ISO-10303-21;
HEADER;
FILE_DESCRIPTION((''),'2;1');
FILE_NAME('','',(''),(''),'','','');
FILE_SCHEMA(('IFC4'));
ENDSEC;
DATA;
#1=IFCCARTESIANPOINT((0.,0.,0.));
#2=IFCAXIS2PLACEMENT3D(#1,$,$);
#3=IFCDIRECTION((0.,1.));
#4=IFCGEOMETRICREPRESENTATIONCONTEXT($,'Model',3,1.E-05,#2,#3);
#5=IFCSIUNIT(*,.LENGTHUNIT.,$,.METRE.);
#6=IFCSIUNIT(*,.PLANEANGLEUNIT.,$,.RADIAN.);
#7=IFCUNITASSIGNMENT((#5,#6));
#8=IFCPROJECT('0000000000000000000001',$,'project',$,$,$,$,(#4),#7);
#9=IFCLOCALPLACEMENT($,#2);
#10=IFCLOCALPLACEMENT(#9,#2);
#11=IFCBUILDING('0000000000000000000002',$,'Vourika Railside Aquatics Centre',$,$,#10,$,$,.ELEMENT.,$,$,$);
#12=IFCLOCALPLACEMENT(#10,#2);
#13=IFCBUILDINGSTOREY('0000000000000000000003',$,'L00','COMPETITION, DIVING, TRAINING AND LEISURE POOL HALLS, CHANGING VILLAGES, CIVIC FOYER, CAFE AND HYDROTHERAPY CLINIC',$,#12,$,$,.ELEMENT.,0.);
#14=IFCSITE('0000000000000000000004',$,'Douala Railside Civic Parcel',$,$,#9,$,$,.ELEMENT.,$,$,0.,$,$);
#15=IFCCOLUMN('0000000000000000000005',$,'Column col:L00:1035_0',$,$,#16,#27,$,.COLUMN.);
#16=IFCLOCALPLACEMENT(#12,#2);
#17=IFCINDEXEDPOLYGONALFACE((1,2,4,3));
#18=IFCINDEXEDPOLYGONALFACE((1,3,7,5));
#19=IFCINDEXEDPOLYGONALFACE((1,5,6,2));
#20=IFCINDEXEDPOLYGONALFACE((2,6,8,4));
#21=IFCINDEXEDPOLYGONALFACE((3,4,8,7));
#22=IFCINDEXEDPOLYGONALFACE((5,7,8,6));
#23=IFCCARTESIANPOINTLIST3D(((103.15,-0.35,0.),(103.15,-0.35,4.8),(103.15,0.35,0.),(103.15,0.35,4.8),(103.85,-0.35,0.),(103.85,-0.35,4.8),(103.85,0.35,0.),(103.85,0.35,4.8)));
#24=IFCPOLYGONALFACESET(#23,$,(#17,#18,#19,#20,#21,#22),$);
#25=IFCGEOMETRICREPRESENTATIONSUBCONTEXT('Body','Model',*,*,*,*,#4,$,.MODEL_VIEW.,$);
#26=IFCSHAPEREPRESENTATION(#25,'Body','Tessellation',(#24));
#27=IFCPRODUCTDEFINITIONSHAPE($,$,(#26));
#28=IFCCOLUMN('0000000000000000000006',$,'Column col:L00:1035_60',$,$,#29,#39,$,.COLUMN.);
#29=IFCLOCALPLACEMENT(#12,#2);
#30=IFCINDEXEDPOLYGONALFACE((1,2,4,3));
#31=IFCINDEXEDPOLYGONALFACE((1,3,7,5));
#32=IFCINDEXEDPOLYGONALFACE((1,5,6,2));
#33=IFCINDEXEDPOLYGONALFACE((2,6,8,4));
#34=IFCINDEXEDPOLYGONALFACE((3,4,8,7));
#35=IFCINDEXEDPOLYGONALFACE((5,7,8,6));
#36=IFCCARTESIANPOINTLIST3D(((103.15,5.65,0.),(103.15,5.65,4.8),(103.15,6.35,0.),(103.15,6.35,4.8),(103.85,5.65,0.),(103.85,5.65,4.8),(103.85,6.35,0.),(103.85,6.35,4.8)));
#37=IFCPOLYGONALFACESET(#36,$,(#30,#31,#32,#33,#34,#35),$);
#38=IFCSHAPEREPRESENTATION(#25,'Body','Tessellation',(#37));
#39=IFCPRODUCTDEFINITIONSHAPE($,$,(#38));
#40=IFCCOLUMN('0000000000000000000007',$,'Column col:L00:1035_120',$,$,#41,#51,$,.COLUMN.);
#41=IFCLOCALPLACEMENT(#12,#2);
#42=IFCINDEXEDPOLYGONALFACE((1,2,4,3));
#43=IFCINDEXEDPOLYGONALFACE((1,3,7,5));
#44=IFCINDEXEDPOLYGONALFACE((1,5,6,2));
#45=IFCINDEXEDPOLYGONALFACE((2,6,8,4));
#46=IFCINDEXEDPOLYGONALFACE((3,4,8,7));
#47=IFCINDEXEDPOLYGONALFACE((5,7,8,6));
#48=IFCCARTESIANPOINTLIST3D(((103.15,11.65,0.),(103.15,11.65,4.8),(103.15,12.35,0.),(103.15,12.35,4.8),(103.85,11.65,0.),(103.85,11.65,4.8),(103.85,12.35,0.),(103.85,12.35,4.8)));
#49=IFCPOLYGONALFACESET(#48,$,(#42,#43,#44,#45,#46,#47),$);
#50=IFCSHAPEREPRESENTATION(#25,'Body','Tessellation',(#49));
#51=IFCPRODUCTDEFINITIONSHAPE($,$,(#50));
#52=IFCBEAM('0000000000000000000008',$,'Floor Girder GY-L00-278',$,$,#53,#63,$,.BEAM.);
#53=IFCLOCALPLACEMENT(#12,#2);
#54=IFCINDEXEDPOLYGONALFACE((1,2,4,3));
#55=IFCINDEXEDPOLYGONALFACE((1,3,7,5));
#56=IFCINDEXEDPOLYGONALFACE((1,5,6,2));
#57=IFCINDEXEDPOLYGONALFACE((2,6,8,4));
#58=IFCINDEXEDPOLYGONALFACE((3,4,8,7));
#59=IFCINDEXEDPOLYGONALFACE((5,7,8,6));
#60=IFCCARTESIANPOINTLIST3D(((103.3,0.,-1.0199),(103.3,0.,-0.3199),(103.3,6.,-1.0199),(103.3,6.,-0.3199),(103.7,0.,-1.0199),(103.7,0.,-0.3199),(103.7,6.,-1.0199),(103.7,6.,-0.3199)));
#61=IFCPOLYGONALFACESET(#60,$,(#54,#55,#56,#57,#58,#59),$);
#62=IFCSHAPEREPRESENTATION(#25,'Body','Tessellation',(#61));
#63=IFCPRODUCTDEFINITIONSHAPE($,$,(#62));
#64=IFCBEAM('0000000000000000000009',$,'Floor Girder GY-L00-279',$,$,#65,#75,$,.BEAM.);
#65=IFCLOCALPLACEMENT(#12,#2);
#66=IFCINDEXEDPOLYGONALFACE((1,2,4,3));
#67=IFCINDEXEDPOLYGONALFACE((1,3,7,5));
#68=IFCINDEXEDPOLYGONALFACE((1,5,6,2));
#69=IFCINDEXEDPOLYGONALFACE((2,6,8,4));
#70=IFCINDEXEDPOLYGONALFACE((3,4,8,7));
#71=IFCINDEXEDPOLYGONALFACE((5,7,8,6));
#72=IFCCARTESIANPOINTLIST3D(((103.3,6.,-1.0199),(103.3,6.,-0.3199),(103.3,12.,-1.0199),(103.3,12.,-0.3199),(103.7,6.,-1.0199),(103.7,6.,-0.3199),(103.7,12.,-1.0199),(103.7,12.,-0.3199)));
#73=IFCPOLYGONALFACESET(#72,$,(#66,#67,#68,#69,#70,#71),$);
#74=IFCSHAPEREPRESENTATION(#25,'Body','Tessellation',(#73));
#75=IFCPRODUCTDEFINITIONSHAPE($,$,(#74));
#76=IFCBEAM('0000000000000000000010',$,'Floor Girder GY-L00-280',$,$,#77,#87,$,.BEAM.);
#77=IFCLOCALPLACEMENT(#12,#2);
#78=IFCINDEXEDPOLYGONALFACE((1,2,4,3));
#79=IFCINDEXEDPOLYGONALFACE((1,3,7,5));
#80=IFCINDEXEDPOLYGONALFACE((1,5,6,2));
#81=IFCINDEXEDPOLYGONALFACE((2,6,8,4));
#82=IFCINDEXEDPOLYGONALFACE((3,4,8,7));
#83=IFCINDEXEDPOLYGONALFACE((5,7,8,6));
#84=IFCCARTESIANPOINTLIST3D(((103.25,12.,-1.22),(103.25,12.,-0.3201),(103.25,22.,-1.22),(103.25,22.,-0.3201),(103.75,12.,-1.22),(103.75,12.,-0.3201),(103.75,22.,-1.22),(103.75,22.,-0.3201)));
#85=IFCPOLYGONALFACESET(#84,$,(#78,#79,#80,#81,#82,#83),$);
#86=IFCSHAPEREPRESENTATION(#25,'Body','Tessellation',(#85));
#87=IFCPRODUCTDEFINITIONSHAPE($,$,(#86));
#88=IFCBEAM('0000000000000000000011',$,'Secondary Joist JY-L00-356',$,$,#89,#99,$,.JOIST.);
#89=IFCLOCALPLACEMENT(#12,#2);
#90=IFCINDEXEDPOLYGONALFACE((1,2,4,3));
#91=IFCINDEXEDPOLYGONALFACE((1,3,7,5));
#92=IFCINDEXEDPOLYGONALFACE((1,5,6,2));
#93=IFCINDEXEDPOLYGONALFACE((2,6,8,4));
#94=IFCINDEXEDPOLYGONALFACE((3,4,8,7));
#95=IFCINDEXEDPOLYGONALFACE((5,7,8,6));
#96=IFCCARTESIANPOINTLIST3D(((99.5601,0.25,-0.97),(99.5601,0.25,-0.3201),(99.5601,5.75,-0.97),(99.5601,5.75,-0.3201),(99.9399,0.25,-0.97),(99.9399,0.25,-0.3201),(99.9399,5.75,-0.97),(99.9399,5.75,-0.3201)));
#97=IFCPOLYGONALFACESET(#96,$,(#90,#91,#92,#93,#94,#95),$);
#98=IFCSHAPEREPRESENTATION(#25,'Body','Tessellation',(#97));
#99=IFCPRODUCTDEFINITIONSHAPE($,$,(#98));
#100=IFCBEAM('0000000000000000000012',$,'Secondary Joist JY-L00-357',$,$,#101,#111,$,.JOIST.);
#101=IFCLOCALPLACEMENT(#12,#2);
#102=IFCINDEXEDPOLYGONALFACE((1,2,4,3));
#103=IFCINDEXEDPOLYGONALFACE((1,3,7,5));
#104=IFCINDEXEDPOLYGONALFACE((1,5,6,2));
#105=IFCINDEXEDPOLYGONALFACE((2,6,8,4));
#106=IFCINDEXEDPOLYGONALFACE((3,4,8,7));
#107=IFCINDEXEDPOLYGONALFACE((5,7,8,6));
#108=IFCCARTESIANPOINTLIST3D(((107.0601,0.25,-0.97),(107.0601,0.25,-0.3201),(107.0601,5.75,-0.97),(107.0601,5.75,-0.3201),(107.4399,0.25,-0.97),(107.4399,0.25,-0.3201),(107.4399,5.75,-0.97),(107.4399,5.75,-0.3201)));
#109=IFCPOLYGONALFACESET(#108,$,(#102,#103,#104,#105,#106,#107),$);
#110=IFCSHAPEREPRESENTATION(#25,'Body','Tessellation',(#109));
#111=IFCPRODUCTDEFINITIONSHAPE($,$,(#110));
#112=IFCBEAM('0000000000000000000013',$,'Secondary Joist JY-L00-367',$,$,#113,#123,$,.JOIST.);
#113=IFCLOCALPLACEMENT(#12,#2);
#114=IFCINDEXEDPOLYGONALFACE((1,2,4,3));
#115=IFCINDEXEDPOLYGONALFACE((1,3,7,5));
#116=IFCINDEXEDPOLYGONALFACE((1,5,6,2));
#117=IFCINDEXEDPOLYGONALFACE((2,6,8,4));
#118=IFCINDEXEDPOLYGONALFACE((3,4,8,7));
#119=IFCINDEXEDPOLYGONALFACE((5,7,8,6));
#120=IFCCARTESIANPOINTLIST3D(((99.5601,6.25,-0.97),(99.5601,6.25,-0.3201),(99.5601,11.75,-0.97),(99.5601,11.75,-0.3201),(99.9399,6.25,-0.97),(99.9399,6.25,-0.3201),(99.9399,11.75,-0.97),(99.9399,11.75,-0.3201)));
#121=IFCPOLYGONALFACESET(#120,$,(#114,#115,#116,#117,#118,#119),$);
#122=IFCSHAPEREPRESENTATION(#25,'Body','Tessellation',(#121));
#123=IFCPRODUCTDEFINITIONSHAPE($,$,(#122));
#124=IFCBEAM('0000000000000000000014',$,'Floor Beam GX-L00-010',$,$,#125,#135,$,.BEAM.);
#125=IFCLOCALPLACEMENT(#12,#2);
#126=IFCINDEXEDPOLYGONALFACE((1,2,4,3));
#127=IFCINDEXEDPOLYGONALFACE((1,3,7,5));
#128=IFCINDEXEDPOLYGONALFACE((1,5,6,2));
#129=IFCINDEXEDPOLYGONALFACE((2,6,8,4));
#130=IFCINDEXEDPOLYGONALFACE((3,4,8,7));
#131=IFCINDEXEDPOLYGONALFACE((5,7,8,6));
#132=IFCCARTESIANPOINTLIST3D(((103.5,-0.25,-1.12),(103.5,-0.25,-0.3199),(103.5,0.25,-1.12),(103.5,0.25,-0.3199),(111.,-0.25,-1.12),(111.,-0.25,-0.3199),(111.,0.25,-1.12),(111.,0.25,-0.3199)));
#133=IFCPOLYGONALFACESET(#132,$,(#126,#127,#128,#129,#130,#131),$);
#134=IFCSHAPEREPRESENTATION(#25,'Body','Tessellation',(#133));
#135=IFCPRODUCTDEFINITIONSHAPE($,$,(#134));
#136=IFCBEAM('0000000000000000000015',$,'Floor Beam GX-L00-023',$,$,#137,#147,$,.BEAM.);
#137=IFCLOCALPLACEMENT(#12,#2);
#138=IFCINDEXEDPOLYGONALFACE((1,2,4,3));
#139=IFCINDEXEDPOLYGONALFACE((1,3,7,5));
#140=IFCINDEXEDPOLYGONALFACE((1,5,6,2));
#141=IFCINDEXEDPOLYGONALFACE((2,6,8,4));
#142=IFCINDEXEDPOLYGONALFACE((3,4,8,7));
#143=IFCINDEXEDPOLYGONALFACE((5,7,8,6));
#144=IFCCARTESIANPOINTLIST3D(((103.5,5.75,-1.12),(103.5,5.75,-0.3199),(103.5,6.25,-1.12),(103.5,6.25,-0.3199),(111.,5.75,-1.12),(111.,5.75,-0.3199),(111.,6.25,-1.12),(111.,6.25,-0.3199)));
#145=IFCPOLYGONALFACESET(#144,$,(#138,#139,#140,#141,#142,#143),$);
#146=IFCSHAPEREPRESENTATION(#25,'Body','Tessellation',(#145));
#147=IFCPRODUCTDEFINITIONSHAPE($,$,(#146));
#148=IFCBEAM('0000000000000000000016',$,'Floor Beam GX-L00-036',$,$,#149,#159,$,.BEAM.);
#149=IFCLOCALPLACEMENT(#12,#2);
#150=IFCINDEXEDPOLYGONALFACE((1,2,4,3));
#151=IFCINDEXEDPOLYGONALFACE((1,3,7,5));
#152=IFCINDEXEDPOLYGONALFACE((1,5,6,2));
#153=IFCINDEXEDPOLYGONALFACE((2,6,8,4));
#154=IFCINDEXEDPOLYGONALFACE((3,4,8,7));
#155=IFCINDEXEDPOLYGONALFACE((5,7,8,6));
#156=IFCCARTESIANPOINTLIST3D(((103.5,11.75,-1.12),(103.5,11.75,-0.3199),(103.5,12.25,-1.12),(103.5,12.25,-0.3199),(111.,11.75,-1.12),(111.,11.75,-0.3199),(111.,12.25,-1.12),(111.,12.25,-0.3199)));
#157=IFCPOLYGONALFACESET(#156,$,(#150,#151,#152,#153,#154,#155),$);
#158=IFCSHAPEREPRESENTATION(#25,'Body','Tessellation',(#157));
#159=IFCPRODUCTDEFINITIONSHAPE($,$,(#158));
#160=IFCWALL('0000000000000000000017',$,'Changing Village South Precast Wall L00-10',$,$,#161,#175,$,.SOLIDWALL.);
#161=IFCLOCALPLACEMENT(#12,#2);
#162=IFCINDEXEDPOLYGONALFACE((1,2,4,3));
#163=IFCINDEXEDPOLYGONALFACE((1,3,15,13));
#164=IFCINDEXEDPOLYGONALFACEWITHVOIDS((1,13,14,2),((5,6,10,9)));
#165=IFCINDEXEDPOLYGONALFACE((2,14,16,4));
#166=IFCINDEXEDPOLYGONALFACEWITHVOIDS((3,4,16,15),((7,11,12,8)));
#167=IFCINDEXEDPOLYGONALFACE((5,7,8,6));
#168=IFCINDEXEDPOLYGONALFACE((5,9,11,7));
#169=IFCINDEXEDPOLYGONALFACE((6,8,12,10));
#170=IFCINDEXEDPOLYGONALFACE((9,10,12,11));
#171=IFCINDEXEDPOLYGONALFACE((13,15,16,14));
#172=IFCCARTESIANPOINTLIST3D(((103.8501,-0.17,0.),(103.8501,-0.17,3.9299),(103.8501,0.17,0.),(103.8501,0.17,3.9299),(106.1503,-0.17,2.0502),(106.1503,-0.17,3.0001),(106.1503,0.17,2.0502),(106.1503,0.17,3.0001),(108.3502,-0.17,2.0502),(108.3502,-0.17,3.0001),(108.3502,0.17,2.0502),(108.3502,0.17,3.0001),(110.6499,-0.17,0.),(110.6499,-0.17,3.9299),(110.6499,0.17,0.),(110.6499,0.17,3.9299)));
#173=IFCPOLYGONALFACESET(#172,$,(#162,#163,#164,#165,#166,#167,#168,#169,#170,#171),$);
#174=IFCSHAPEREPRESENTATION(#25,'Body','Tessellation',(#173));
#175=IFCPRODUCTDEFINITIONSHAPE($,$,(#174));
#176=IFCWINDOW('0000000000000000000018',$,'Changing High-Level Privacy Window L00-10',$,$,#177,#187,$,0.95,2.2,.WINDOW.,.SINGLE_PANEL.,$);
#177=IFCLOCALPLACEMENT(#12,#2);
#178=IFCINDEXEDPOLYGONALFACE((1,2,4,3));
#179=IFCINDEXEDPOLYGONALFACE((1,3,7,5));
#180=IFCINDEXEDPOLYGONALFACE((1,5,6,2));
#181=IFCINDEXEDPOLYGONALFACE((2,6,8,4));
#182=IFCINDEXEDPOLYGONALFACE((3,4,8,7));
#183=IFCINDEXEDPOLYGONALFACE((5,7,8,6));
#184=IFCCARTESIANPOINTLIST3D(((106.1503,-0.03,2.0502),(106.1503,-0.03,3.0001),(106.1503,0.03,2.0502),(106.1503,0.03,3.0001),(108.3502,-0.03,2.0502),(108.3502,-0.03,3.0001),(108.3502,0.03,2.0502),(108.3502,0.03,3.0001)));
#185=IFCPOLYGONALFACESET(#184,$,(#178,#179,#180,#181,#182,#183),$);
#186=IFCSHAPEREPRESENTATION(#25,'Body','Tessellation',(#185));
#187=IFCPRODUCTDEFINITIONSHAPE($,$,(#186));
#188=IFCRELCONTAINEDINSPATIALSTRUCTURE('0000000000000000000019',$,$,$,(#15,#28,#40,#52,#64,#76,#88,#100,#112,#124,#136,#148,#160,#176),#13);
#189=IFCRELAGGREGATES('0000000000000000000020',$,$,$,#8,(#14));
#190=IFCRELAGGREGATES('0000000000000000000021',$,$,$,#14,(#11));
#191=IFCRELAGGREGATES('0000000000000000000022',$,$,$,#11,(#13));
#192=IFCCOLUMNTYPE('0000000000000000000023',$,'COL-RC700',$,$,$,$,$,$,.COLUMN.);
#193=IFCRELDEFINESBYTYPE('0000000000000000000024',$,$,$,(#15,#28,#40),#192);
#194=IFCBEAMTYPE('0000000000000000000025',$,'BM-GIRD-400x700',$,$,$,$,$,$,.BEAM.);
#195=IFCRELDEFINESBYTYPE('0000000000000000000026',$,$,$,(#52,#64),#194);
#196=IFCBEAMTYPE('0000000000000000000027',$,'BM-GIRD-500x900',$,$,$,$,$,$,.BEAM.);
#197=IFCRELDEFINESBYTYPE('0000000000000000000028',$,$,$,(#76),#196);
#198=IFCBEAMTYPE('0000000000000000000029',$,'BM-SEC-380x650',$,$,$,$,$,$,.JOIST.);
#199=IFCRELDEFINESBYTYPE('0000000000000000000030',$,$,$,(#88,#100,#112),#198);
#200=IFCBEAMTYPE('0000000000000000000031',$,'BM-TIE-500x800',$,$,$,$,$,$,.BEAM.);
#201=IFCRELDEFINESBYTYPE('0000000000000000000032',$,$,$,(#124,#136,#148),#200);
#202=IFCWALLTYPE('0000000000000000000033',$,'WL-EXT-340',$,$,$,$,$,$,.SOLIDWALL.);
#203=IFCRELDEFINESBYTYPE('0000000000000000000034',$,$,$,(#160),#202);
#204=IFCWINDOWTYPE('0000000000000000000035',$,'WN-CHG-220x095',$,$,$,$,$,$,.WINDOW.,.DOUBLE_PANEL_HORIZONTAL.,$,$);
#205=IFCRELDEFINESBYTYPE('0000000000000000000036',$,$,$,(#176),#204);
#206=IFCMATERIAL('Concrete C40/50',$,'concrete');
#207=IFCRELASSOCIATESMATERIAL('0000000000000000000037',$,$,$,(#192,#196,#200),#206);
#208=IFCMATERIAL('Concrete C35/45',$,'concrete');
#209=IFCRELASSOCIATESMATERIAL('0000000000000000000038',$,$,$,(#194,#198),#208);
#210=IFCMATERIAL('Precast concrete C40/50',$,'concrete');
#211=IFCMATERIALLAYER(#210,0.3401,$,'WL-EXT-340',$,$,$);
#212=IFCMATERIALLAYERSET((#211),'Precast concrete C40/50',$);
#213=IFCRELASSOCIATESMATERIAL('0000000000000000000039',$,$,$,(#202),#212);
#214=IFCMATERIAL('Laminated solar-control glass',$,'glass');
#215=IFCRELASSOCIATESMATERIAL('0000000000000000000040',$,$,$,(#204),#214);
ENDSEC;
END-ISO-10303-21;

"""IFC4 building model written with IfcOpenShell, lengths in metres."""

from ifc_helpers import new_model, si_unit, direction, frame, frame_2d, origin, origin_2d, place, context, subcontext, project, spatial, rectangle, extrude, material, layer, layer_set, material_profile, profile_set, type_object, element, fill, save


model = new_model("IFC4")

# Units and contexts
model_context = context("Model", 3, precision=1e-05, world=origin(), true_north=direction((0.0, 1.0)))
body_context = subcontext(model_context, "Body", "Model", "MODEL_VIEW")
ifc_project = project(units=[si_unit("LENGTHUNIT", "METRE"), si_unit("PLANEANGLEUNIT", "RADIAN")], contexts=[model_context])

# Site, building, storey
site_placement = place(None, origin())
site = spatial("IfcSite", under=ifc_project, at=site_placement, Name="Douala Railside Civic Parcel", CompositionType="ELEMENT", RefElevation=0.0)
building_placement = place(site_placement, origin())
building = spatial("IfcBuilding", under=site, at=building_placement, Name="Vourika Railside Aquatics Centre", CompositionType="ELEMENT")
storey_placement = place(building_placement, origin())
storey = spatial("IfcBuildingStorey", under=building, at=storey_placement, Name="L00", Description="COMPETITION, DIVING, TRAINING AND LEISURE POOL HALLS, CHANGING VILLAGES, CIVIC FOYER, CAFE AND HYDROTHERAPY CLINIC", CompositionType="ELEMENT", Elevation=0.0)

# Columns
ifc_material_1 = material(Name="Concrete C40/50", Category="concrete")
ifc_material_profile_1 = material_profile(ifc_material_1, rectangle(XDim=0.7, YDim=0.7, at=origin_2d()), Name="RC 700x700")
ifc_profile_set_1 = profile_set([ifc_material_profile_1], Name="Concrete C40/50")
column_type = type_object("IfcColumnType", Name="COL-RC700", PredefinedType="COLUMN", material=ifc_profile_set_1)
for number, where, z_axis, x_axis, name in (
    (1, (103.5, 0.0, 0.0), (0.0, 0.0, 1.0), (1.0, 0.0, 0.0), "Column col:L00:1035_0"),
    (2, (103.5, 6.0, 0.0), (0.0, 0.0, 1.0), (1.0, 0.0, 0.0), "Column col:L00:1035_60"),
    (3, (103.5, 12.0, 0.0), (0.0, 0.0, 1.0), (1.0, 0.0, 0.0), "Column col:L00:1035_120"),
):
    element("IfcColumn", number, at=place(storey_placement, frame(where, z_axis=z_axis, x_axis=x_axis)), inside=storey, type_object=column_type, Name=name, PredefinedType="COLUMN", context=body_context, shape_type="SweptSolid", body=[
        extrude(rectangle(XDim=0.7, YDim=0.7, at=origin_2d()), origin(), (0.0, 0.0, 1.0), 4.8),
    ])

# Beams
ifc_material_2 = material(Name="Concrete C35/45", Category="concrete")
ifc_material_profile_2 = material_profile(ifc_material_2, rectangle(XDim=0.3999, YDim=0.7, at=origin_2d()), Name="RC 400x700")
ifc_profile_set_2 = profile_set([ifc_material_profile_2], Name="Concrete C35/45")
beam_type_1 = type_object("IfcBeamType", Name="BM-GIRD-400x700", PredefinedType="BEAM", material=ifc_profile_set_2)
for number, where, z_axis, x_axis, name in (
    (4, (103.5, 0.0, -0.6699), (0.0, 1.0, 0.0), (-1.0, 0.0, 0.0), "Floor Girder GY-L00-278"),
    (5, (103.5, 6.0, -0.6699), (0.0, 1.0, 0.0), (-1.0, 0.0, 0.0), "Floor Girder GY-L00-279"),
):
    element("IfcBeam", number, at=place(storey_placement, frame(where, z_axis=z_axis, x_axis=x_axis)), inside=storey, type_object=beam_type_1, Name=name, PredefinedType="BEAM", context=body_context, shape_type="SweptSolid", body=[
        extrude(rectangle(XDim=0.3999, YDim=0.7, at=origin_2d()), origin(), (0.0, 0.0, 1.0), 6.0),
    ])
ifc_material_profile_3 = material_profile(ifc_material_1, rectangle(XDim=0.5, YDim=0.8999, at=origin_2d()), Name="RC 500x900")
ifc_profile_set_3 = profile_set([ifc_material_profile_3], Name="Concrete C40/50")
beam_type_2 = type_object("IfcBeamType", Name="BM-GIRD-500x900", PredefinedType="BEAM", material=ifc_profile_set_3)
beam_placement = place(storey_placement, frame((103.5, 12.0, -0.77), z_axis=(0.0, 1.0, 0.0), x_axis=(-1.0, 0.0, 0.0)))
element("IfcBeam", 6, at=beam_placement, inside=storey, type_object=beam_type_2, Name="Floor Girder GY-L00-280", PredefinedType="BEAM", context=body_context, shape_type="SweptSolid", body=[
    extrude(rectangle(XDim=0.5, YDim=0.8999, at=origin_2d()), origin(), (0.0, 0.0, 1.0), 10.0),
])
ifc_material_profile_4 = material_profile(ifc_material_2, rectangle(XDim=0.3799, YDim=0.6499, at=origin_2d()), Name="RC 380x650")
ifc_profile_set_4 = profile_set([ifc_material_profile_4], Name="Concrete C35/45")
beam_type_3 = type_object("IfcBeamType", Name="BM-SEC-380x650", PredefinedType="JOIST", material=ifc_profile_set_4)
for number, where, z_axis, x_axis, name in (
    (7, (99.75, 0.25, -0.645), (0.0, 1.0, 0.0), (-1.0, 0.0, 0.0), "Secondary Joist JY-L00-356"),
    (8, (107.25, 0.25, -0.645), (0.0, 1.0, 0.0), (-1.0, 0.0, 0.0), "Secondary Joist JY-L00-357"),
    (9, (99.75, 6.25, -0.645), (0.0, 1.0, 0.0), (-1.0, 0.0, 0.0), "Secondary Joist JY-L00-367"),
):
    element("IfcBeam", number, at=place(storey_placement, frame(where, z_axis=z_axis, x_axis=x_axis)), inside=storey, type_object=beam_type_3, Name=name, PredefinedType="JOIST", context=body_context, shape_type="SweptSolid", body=[
        extrude(rectangle(XDim=0.3799, YDim=0.6499, at=origin_2d()), origin(), (0.0, 0.0, 1.0), 5.5),
    ])
ifc_material_profile_5 = material_profile(ifc_material_1, rectangle(XDim=0.5, YDim=0.8, at=origin_2d()), Name="RC 500x800")
ifc_profile_set_5 = profile_set([ifc_material_profile_5], Name="Concrete C40/50")
beam_type_4 = type_object("IfcBeamType", Name="BM-TIE-500x800", PredefinedType="BEAM", material=ifc_profile_set_5)
for number, where, z_axis, x_axis, name in (
    (10, (103.5, 0.0, -0.72), (1.0, 0.0, 0.0), (0.0, 1.0, 0.0), "Floor Beam GX-L00-010"),
    (11, (103.5, 6.0, -0.72), (1.0, 0.0, 0.0), (0.0, 1.0, 0.0), "Floor Beam GX-L00-023"),
    (12, (103.5, 12.0, -0.72), (1.0, 0.0, 0.0), (0.0, 1.0, 0.0), "Floor Beam GX-L00-036"),
):
    element("IfcBeam", number, at=place(storey_placement, frame(where, z_axis=z_axis, x_axis=x_axis)), inside=storey, type_object=beam_type_4, Name=name, PredefinedType="BEAM", context=body_context, shape_type="SweptSolid", body=[
        extrude(rectangle(XDim=0.5, YDim=0.8, at=origin_2d()), origin(), (0.0, 0.0, 1.0), 7.5),
    ])

# Wall, opening, window
ifc_material_3 = material(Name="Precast concrete C40/50", Category="concrete")
ifc_layer_1 = layer(ifc_material_3, 0.3401, Name="WL-EXT-340")
ifc_layer_set_1 = layer_set([ifc_layer_1], Name="Precast concrete C40/50")
wall_type_1 = type_object("IfcWallType", Name="WL-EXT-340", PredefinedType="SOLIDWALL", material=ifc_layer_set_1)
wall_1_placement = place(storey_placement, frame((103.8501, 0.0, 0.0), z_axis=(0.0, 0.0, 1.0), x_axis=(1.0, 0.0, 0.0)))
wall_1 = element("IfcWall", 13, at=wall_1_placement, inside=storey, type_object=wall_type_1, Name="Changing Village South Precast Wall L00-10", PredefinedType="SOLIDWALL", context=body_context, shape_type="SweptSolid", body=[
    extrude(rectangle(XDim=6.7998, YDim=0.3401, at=frame_2d((3.3999, 0.0))), origin(), (0.0, 0.0, 1.0), 3.9299),
])
opening_1_placement = place(wall_1_placement, frame((2.3, 0.0, 2.05)))
opening_1 = element("IfcOpeningElement", 14, at=opening_1_placement, cuts=wall_1, PredefinedType="OPENING", context=body_context, shape_type="SweptSolid", body=[
    extrude(rectangle(XDim=2.2, YDim=0.95, at=frame_2d((1.1001, 0.4751))), frame((0.0, 0.1802, 0.0), z_axis=(0.0, -1.0, 0.0), x_axis=(1.0, 0.0, 0.0)), (0.0, 0.0, 1.0), 0.3601),
])
ifc_material_4 = material(Name="Laminated solar-control glass", Category="glass")
window_type = type_object("IfcWindowType", Name="WN-CHG-220x095", PartitioningType="DOUBLE_PANEL_HORIZONTAL", PredefinedType="WINDOW", material=ifc_material_4)
window_placement = place(opening_1_placement, origin())
window = element("IfcWindow", 15, at=window_placement, inside=storey, type_object=window_type, Name="Changing High-Level Privacy Window L00-10", OverallHeight=0.95, OverallWidth=2.2, PartitioningType="SINGLE_PANEL", PredefinedType="WINDOW", context=body_context, shape_type="SweptSolid", body=[
    extrude(rectangle(XDim=2.2, YDim=0.95, at=frame_2d((1.1001, 0.4751))), frame((0.0, 0.03, 0.0), z_axis=(0.0, -1.0, 0.0), x_axis=(1.0, 0.0, 0.0)), (0.0, 0.0, 1.0), 0.0601),
])
fill(opening_1, window)

save(model, "model.ifc")
